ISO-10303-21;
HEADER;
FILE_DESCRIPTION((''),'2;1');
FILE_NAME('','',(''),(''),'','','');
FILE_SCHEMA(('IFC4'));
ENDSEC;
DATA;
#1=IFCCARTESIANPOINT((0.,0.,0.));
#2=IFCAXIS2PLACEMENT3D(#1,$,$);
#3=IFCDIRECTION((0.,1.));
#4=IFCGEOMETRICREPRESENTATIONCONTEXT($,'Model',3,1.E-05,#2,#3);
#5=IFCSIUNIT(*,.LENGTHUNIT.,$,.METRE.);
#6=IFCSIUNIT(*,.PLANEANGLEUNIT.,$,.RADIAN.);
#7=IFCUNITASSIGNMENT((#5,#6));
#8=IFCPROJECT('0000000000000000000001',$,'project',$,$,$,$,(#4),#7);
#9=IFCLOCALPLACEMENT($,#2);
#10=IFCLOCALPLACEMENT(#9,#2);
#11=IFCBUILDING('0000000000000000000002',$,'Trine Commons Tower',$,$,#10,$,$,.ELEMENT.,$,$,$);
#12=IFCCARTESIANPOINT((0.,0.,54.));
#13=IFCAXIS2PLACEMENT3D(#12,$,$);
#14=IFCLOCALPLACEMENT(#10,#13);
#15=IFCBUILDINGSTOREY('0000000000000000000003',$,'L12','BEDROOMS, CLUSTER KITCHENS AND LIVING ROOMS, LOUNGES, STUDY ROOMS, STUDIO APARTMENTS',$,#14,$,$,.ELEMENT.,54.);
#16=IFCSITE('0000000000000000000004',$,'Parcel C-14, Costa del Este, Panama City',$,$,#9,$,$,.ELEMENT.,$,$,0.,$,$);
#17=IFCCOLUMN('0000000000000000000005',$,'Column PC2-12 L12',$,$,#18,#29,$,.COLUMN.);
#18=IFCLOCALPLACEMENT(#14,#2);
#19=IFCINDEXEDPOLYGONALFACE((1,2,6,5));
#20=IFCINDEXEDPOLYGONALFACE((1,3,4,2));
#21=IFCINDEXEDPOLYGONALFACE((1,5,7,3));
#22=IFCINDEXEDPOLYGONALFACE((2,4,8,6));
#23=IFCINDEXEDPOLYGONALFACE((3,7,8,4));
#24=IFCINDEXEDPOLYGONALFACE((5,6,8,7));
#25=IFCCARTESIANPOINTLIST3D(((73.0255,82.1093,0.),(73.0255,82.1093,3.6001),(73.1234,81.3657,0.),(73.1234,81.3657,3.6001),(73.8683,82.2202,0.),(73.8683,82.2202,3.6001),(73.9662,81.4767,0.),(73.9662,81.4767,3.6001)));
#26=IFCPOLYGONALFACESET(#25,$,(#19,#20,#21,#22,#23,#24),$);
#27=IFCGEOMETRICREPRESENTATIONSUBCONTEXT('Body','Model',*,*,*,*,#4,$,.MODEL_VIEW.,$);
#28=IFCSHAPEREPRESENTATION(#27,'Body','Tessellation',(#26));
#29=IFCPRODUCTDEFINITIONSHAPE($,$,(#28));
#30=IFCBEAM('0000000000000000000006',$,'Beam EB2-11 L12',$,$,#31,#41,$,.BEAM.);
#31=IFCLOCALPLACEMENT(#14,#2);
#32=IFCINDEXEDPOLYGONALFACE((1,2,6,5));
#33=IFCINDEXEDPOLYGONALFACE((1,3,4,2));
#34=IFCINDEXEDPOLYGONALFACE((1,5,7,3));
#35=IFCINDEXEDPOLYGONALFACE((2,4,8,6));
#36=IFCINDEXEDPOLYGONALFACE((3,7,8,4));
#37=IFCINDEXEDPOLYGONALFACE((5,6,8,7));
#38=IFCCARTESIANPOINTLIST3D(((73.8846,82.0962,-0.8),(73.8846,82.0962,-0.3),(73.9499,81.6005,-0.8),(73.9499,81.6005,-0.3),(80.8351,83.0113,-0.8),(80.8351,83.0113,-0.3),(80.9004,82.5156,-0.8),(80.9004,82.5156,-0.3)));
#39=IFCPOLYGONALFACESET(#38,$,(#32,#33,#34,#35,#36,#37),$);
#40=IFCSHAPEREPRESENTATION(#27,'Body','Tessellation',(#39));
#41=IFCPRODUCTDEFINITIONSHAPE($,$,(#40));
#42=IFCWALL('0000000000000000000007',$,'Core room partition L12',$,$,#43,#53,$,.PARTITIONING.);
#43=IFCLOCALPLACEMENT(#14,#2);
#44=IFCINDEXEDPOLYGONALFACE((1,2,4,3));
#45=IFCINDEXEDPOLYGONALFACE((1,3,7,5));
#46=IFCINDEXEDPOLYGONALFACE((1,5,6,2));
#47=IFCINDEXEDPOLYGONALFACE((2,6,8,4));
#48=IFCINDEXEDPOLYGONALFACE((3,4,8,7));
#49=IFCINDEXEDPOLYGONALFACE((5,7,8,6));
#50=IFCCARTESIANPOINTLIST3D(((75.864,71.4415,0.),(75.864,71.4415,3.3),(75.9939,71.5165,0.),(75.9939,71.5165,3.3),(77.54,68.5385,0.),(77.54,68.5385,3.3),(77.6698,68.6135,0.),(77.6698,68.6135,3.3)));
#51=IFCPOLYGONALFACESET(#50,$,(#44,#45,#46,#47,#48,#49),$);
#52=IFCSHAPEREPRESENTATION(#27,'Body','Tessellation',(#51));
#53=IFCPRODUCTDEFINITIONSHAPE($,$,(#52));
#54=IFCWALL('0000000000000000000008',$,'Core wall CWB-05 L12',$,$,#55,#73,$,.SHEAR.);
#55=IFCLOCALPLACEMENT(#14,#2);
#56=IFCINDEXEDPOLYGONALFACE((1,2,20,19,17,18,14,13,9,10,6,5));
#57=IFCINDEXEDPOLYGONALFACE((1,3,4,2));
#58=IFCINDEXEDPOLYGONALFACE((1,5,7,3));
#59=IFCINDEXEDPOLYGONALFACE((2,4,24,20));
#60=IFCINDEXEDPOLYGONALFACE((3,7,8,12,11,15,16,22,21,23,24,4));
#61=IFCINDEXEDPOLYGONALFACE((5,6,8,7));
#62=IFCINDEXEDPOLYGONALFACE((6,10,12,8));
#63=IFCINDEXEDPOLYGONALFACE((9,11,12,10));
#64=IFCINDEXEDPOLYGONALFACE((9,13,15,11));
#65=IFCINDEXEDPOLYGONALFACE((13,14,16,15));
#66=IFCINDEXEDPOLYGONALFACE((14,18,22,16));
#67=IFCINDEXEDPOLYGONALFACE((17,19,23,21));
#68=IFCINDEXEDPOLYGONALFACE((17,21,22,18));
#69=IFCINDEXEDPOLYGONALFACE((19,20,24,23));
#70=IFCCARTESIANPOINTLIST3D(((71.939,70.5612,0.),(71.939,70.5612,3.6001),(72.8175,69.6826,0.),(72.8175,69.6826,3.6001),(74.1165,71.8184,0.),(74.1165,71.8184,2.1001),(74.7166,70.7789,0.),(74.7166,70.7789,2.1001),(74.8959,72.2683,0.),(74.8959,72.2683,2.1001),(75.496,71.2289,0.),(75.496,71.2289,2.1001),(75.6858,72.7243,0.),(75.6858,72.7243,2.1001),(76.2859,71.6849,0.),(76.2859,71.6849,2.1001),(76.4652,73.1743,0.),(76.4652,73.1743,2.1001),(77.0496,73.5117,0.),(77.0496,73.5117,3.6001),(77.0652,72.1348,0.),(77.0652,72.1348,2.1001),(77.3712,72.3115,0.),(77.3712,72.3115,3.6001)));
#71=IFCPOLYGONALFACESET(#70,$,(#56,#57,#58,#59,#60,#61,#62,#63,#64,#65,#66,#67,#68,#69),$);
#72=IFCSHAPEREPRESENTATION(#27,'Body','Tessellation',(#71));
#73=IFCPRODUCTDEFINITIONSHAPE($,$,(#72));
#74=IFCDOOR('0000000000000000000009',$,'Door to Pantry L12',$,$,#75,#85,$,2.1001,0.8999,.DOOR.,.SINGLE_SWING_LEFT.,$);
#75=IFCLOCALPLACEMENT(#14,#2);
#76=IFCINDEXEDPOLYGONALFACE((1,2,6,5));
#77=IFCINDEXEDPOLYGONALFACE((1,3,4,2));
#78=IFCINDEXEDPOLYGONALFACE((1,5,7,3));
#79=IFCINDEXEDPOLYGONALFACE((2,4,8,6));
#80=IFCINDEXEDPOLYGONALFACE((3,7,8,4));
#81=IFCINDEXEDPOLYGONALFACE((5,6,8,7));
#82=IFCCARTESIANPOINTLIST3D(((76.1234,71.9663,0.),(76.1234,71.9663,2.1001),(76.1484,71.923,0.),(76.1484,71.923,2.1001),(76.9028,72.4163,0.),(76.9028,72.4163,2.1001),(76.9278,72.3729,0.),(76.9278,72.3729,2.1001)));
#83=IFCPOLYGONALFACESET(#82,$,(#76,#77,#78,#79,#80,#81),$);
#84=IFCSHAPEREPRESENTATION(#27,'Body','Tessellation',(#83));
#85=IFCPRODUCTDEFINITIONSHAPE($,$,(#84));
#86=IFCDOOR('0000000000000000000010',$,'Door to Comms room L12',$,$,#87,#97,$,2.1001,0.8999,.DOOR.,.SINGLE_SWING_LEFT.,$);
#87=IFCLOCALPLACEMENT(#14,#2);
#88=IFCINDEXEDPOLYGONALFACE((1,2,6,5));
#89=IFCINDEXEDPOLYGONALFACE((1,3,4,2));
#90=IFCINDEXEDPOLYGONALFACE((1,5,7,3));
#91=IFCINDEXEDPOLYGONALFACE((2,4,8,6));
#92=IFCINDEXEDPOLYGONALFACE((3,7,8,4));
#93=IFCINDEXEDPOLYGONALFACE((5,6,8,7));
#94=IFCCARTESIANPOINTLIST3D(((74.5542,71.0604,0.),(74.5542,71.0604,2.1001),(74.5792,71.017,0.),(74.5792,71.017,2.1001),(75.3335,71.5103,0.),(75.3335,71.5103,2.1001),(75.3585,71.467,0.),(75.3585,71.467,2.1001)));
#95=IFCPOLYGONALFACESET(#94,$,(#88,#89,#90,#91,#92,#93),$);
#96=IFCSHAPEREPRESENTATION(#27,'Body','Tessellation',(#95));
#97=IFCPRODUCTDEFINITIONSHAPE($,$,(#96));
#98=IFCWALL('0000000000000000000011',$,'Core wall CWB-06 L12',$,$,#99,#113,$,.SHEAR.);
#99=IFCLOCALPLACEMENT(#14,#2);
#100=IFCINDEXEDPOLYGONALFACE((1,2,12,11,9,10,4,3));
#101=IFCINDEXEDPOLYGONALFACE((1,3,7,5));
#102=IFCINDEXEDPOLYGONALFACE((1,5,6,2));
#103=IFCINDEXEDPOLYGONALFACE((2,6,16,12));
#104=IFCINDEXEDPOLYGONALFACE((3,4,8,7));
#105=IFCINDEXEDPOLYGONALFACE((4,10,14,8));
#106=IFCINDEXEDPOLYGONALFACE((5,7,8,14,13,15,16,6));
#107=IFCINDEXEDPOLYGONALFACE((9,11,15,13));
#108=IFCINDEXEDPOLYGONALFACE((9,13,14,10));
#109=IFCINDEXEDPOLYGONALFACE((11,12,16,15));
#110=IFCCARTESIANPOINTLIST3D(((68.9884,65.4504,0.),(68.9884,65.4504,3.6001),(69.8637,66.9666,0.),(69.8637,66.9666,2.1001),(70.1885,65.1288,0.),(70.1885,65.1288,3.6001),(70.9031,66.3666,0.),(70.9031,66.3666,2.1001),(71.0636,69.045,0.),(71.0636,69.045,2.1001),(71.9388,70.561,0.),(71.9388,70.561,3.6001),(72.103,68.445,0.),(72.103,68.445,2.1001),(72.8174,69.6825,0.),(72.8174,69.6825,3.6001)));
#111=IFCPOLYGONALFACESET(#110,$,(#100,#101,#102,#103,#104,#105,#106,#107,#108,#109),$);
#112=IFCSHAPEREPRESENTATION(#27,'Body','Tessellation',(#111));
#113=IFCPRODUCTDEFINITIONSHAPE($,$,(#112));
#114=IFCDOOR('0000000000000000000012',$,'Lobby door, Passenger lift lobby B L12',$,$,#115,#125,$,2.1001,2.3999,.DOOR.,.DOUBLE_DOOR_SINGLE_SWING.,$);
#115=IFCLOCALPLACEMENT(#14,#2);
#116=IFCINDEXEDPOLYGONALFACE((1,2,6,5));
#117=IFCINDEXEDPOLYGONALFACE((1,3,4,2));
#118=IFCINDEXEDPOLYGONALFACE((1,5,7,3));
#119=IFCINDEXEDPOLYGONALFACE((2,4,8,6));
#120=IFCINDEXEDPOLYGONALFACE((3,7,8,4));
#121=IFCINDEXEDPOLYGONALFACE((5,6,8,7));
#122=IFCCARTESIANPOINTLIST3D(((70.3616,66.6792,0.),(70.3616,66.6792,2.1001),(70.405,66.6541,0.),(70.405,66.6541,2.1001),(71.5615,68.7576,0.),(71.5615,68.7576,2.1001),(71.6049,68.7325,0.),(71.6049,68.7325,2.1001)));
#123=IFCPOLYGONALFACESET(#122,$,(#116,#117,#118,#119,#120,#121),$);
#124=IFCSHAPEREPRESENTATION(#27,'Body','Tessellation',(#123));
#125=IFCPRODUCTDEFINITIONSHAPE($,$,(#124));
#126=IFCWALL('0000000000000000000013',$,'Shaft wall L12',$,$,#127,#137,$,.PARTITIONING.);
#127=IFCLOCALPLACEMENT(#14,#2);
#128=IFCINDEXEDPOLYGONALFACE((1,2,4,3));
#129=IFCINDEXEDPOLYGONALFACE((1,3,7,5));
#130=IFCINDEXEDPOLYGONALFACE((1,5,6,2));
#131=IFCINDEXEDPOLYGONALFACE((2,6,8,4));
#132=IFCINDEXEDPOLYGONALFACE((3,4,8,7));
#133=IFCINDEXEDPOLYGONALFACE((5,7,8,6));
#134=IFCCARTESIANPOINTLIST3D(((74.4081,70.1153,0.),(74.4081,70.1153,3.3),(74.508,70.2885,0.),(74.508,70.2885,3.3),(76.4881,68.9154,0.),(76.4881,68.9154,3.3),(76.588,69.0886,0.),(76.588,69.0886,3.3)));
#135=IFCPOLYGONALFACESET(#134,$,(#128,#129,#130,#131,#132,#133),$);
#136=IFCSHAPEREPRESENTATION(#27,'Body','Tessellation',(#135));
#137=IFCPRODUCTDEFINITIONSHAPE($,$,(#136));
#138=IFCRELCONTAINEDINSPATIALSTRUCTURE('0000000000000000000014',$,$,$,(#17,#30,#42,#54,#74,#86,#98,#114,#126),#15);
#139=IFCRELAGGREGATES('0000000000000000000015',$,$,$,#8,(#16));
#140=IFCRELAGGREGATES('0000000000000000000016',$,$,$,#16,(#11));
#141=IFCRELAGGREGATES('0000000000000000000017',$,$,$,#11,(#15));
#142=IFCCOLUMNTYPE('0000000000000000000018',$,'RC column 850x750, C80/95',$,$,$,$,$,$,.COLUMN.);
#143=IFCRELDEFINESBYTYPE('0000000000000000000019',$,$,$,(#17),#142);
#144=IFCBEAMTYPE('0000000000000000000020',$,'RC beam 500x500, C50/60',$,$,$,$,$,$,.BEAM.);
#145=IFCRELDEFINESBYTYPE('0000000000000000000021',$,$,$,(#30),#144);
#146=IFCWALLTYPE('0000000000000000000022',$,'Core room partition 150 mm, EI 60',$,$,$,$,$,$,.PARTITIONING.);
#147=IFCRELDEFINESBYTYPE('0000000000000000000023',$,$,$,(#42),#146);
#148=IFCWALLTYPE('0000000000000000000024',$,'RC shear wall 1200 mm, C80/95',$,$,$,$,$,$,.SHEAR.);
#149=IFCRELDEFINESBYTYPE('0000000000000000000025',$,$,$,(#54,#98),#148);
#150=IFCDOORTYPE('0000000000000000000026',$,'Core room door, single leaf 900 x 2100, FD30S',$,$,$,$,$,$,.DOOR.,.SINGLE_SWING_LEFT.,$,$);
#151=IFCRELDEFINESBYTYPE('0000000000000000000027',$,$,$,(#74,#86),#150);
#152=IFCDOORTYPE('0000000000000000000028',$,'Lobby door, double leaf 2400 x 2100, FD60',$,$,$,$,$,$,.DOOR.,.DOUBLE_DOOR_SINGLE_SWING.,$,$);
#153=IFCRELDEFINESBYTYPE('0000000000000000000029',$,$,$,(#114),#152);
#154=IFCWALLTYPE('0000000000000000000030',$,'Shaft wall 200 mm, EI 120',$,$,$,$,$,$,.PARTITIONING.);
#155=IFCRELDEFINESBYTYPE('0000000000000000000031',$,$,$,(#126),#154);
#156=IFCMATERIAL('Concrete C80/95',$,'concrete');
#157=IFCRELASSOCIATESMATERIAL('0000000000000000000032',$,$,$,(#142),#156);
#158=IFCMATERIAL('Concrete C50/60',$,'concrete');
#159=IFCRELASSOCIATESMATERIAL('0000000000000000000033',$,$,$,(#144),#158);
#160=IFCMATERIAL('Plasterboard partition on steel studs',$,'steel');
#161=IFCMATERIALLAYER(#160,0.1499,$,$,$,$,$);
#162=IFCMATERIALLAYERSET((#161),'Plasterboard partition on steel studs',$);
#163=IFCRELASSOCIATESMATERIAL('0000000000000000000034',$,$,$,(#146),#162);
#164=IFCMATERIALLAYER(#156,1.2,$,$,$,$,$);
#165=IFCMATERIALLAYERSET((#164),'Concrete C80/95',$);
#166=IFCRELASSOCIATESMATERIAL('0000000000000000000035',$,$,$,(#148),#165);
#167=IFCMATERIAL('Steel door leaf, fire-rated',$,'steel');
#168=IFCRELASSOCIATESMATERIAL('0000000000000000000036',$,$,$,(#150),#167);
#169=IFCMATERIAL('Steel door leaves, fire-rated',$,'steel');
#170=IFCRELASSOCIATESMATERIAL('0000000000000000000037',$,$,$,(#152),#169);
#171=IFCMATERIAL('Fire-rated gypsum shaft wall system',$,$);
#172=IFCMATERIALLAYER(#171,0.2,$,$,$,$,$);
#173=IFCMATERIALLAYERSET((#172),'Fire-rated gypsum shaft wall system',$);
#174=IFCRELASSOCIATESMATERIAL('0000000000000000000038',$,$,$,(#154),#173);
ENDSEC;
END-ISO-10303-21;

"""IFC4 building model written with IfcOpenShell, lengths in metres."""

from ifc_helpers import new_model, si_unit, direction, frame, frame_2d, origin, origin_2d, place, context, subcontext, project, spatial, polyline, rectangle, outline, extrude, material, layer, layer_set, material_profile, profile_set, type_object, element, fill, save


model = new_model("IFC4")

# Units and contexts
model_context = context("Model", 3, precision=1e-05, world=origin(), true_north=direction((0.0, 1.0)))
body_context = subcontext(model_context, "Body", "Model", "MODEL_VIEW")
ifc_project = project(units=[si_unit("LENGTHUNIT", "METRE"), si_unit("PLANEANGLEUNIT", "RADIAN")], contexts=[model_context])

# Site, building, storey
site_placement = place(None, origin())
site = spatial("IfcSite", under=ifc_project, at=site_placement, Name="Parcel C-14, Costa del Este, Panama City", CompositionType="ELEMENT", RefElevation=0.0)
building_placement = place(site_placement, origin())
building = spatial("IfcBuilding", under=site, at=building_placement, Name="Trine Commons Tower", CompositionType="ELEMENT")
storey_placement = place(building_placement, frame((0.0, 0.0, 54.0)))
storey = spatial("IfcBuildingStorey", under=building, at=storey_placement, Name="L12", Description="BEDROOMS, CLUSTER KITCHENS AND LIVING ROOMS, LOUNGES, STUDY ROOMS, STUDIO APARTMENTS", CompositionType="ELEMENT", Elevation=54.0)

# Column
ifc_material_1 = material(Name="Concrete C80/95", Category="concrete")
ifc_material_profile_1 = material_profile(ifc_material_1, rectangle(XDim=0.8501, YDim=0.75, at=origin_2d()), Name="RC 850x750")
ifc_profile_set_1 = profile_set([ifc_material_profile_1], Name="Concrete C80/95")
column_type = type_object("IfcColumnType", Name="RC column 850x750, C80/95", PredefinedType="COLUMN", material=ifc_profile_set_1)
column_placement = place(storey_placement, frame((73.4958, 81.793, 0.0), z_axis=(0.0, 0.0, 1.0), x_axis=(0.991445, 0.130526, 0.0)))
element("IfcColumn", 1, at=column_placement, inside=storey, type_object=column_type, Name="Column PC2-12 L12", PredefinedType="COLUMN", context=body_context, shape_type="SweptSolid", body=[
    extrude(rectangle(XDim=0.8501, YDim=0.75, at=origin_2d()), origin(), (0.0, 0.0, 1.0), 3.6001),
])

# Beam
ifc_material_2 = material(Name="Concrete C50/60", Category="concrete")
ifc_material_profile_2 = material_profile(ifc_material_2, rectangle(XDim=0.5, YDim=0.5, at=origin_2d()), Name="RC 500x500")
ifc_profile_set_2 = profile_set([ifc_material_profile_2], Name="Concrete C50/60")
beam_type = type_object("IfcBeamType", Name="RC beam 500x500, C50/60", PredefinedType="BEAM", material=ifc_profile_set_2)
beam_placement = place(storey_placement, frame((73.9172, 81.8484, -0.55), z_axis=(0.991445, 0.130526, 0.0), x_axis=(-0.130526, 0.991445, 0.0)))
element("IfcBeam", 2, at=beam_placement, inside=storey, type_object=beam_type, Name="Beam EB2-11 L12", PredefinedType="BEAM", context=body_context, shape_type="SweptSolid", body=[
    extrude(rectangle(XDim=0.5, YDim=0.5, at=origin_2d()), origin(), (0.0, 0.0, 1.0), 7.0105),
])

# Wall
ifc_material_3 = material(Name="Plasterboard partition on steel studs", Category="steel")
ifc_layer_1 = layer(ifc_material_3, 0.1499)
ifc_layer_set_1 = layer_set([ifc_layer_1], Name="Plasterboard partition on steel studs")
wall_type_1 = type_object("IfcWallType", Name="Core room partition 150 mm, EI 60", PredefinedType="PARTITIONING", material=ifc_layer_set_1)
wall_1_placement = place(storey_placement, frame((75.929, 71.479, 0.0), z_axis=(0.0, 0.0, 1.0), x_axis=(0.499985, -0.866034, 0.0)))
element("IfcWall", 3, at=wall_1_placement, inside=storey, type_object=wall_type_1, Name="Core room partition L12", PredefinedType="PARTITIONING", context=body_context, shape_type="SweptSolid", body=[
    extrude(rectangle(XDim=3.3521, YDim=0.1499, at=frame_2d((1.676, 0.0))), origin(), (0.0, 0.0, 1.0), 3.3),
])

# Wall, openings, doors
ifc_layer_2 = layer(ifc_material_1, 1.2)
ifc_layer_set_2 = layer_set([ifc_layer_2], Name="Concrete C80/95")
wall_type_2 = type_object("IfcWallType", Name="RC shear wall 1200 mm, C80/95", PredefinedType="SHEAR", material=ifc_layer_set_2)
wall_2_placement = place(storey_placement, frame((77.3496, 72.9919, 0.0), z_axis=(0.0, 0.0, 1.0), x_axis=(-0.866037, -0.499979, 0.0)))
wall_2 = element("IfcWall", 4, at=wall_2_placement, inside=storey, type_object=wall_type_2, Name="Core wall CWB-05 L12", PredefinedType="SHEAR", context=body_context, shape_type="SweptSolid", body=[
    extrude(outline(polyline([(0.0, -0.6001), (5.9011, -0.6001), (5.5796, 0.6001), (0.3215, 0.6001), (0.0, -0.6001)])), origin(), (0.0, 0.0, 1.0), 3.6001),
])
opening_1_placement = place(wall_2_placement, frame((0.6748, 0.0, 0.0)))
opening_1 = element("IfcOpeningElement", 5, at=opening_1_placement, cuts=wall_2, PredefinedType="OPENING", context=body_context, shape_type="SweptSolid", body=[
    extrude(rectangle(XDim=0.8999, YDim=2.1001, at=frame_2d((0.45, 1.05))), frame((0.0, 0.6099, 0.0), z_axis=(0.0, -1.0, 0.0), x_axis=(1.0, 0.0, 0.0)), (0.0, 0.0, 1.0), 1.22),
])
opening_2_placement = place(wall_2_placement, frame((2.4868, 0.0, 0.0)))
opening_2 = element("IfcOpeningElement", 6, at=opening_2_placement, cuts=wall_2, PredefinedType="OPENING", context=body_context, shape_type="SweptSolid", body=[
    extrude(rectangle(XDim=0.8999, YDim=2.1001, at=frame_2d((0.45, 1.05))), frame((0.0, 0.6099, 0.0), z_axis=(0.0, -1.0, 0.0), x_axis=(1.0, 0.0, 0.0)), (0.0, 0.0, 1.0), 1.22),
])
ifc_material_4 = material(Name="Steel door leaf, fire-rated", Category="steel")
door_type_1 = type_object("IfcDoorType", Name="Core room door, single leaf 900 x 2100, FD30S", OperationType="SINGLE_SWING_LEFT", PredefinedType="DOOR", material=ifc_material_4)
door_1_placement = place(opening_1_placement, origin())
door_1 = element("IfcDoor", 7, at=door_1_placement, inside=storey, type_object=door_type_1, Name="Door to Pantry L12", OperationType="SINGLE_SWING_LEFT", OverallHeight=2.1001, OverallWidth=0.8999, PredefinedType="DOOR", context=body_context, shape_type="SweptSolid", body=[
    extrude(rectangle(XDim=0.8999, YDim=2.1001, at=frame_2d((0.45, 1.05))), frame((0.0, 0.3252, 0.0), z_axis=(0.0, -1.0, 0.0), x_axis=(1.0, 0.0, 0.0)), (0.0, 0.0, 1.0), 0.05),
])
fill(opening_1, door_1)
door_2_placement = place(opening_2_placement, origin())
door_2 = element("IfcDoor", 8, at=door_2_placement, inside=storey, type_object=door_type_1, Name="Door to Comms room L12", OperationType="SINGLE_SWING_LEFT", OverallHeight=2.1001, OverallWidth=0.8999, PredefinedType="DOOR", context=body_context, shape_type="SweptSolid", body=[
    extrude(rectangle(XDim=0.8999, YDim=2.1001, at=frame_2d((0.45, 1.05))), frame((0.0, 0.3252, 0.0), z_axis=(0.0, -1.0, 0.0), x_axis=(1.0, 0.0, 0.0)), (0.0, 0.0, 1.0), 0.05),
])
fill(opening_2, door_2)

# Wall, opening, door
wall_3_placement = place(storey_placement, frame((72.4585, 70.261, 0.0), z_axis=(0.0, 0.0, 1.0), x_axis=(-0.499979, -0.866037, 0.0)))
wall_3 = element("IfcWall", 9, at=wall_3_placement, inside=storey, type_object=wall_type_2, Name="Core wall CWB-06 L12", PredefinedType="SHEAR", context=body_context, shape_type="SweptSolid", body=[
    extrude(outline(polyline([(0.0, -0.6001), (5.9011, -0.6001), (5.5796, 0.6001), (0.3215, 0.6001), (0.0, -0.6001)])), origin(), (0.0, 0.0, 1.0), 3.6001),
])
opening_3_placement = place(wall_3_placement, frame((1.7505, 0.0, 0.0)))
opening_3 = element("IfcOpeningElement", 10, at=opening_3_placement, cuts=wall_3, PredefinedType="OPENING", context=body_context, shape_type="SweptSolid", body=[
    extrude(rectangle(XDim=2.3999, YDim=2.1001, at=frame_2d((1.2, 1.05))), frame((0.0, 0.6099, 0.0), z_axis=(0.0, -1.0, 0.0), x_axis=(1.0, 0.0, 0.0)), (0.0, 0.0, 1.0), 1.22),
])
ifc_material_5 = material(Name="Steel door leaves, fire-rated", Category="steel")
door_type_2 = type_object("IfcDoorType", Name="Lobby door, double leaf 2400 x 2100, FD60", OperationType="DOUBLE_DOOR_SINGLE_SWING", PredefinedType="DOOR", material=ifc_material_5)
door_3_placement = place(opening_3_placement, origin())
door_3 = element("IfcDoor", 11, at=door_3_placement, inside=storey, type_object=door_type_2, Name="Lobby door, Passenger lift lobby B L12", OperationType="DOUBLE_DOOR_SINGLE_SWING", OverallHeight=2.1001, OverallWidth=2.3999, PredefinedType="DOOR", context=body_context, shape_type="SweptSolid", body=[
    extrude(rectangle(XDim=2.3999, YDim=2.1001, at=frame_2d((1.2, 1.05))), frame((0.0, 0.0249, 0.0), z_axis=(0.0, -1.0, 0.0), x_axis=(1.0, 0.0, 0.0)), (0.0, 0.0, 1.0), 0.05),
])
fill(opening_3, door_3)

# Wall
ifc_material_6 = material(Name="Fire-rated gypsum shaft wall system")
ifc_layer_3 = layer(ifc_material_6, 0.2)
ifc_layer_set_3 = layer_set([ifc_layer_3], Name="Fire-rated gypsum shaft wall system")
wall_type_3 = type_object("IfcWallType", Name="Shaft wall 200 mm, EI 120", PredefinedType="PARTITIONING", material=ifc_layer_set_3)
wall_4_placement = place(storey_placement, frame((76.5381, 69.002, 0.0), z_axis=(0.0, 0.0, 1.0), x_axis=(-0.866203, 0.499693, 0.0)))
element("IfcWall", 12, at=wall_4_placement, inside=storey, type_object=wall_type_3, Name="Shaft wall L12", PredefinedType="PARTITIONING", context=body_context, shape_type="SweptSolid", body=[
    extrude(rectangle(XDim=2.4014, YDim=0.2, at=frame_2d((1.2007, 0.0))), origin(), (0.0, 0.0, 1.0), 3.3),
])

save(model, "model.ifc")
